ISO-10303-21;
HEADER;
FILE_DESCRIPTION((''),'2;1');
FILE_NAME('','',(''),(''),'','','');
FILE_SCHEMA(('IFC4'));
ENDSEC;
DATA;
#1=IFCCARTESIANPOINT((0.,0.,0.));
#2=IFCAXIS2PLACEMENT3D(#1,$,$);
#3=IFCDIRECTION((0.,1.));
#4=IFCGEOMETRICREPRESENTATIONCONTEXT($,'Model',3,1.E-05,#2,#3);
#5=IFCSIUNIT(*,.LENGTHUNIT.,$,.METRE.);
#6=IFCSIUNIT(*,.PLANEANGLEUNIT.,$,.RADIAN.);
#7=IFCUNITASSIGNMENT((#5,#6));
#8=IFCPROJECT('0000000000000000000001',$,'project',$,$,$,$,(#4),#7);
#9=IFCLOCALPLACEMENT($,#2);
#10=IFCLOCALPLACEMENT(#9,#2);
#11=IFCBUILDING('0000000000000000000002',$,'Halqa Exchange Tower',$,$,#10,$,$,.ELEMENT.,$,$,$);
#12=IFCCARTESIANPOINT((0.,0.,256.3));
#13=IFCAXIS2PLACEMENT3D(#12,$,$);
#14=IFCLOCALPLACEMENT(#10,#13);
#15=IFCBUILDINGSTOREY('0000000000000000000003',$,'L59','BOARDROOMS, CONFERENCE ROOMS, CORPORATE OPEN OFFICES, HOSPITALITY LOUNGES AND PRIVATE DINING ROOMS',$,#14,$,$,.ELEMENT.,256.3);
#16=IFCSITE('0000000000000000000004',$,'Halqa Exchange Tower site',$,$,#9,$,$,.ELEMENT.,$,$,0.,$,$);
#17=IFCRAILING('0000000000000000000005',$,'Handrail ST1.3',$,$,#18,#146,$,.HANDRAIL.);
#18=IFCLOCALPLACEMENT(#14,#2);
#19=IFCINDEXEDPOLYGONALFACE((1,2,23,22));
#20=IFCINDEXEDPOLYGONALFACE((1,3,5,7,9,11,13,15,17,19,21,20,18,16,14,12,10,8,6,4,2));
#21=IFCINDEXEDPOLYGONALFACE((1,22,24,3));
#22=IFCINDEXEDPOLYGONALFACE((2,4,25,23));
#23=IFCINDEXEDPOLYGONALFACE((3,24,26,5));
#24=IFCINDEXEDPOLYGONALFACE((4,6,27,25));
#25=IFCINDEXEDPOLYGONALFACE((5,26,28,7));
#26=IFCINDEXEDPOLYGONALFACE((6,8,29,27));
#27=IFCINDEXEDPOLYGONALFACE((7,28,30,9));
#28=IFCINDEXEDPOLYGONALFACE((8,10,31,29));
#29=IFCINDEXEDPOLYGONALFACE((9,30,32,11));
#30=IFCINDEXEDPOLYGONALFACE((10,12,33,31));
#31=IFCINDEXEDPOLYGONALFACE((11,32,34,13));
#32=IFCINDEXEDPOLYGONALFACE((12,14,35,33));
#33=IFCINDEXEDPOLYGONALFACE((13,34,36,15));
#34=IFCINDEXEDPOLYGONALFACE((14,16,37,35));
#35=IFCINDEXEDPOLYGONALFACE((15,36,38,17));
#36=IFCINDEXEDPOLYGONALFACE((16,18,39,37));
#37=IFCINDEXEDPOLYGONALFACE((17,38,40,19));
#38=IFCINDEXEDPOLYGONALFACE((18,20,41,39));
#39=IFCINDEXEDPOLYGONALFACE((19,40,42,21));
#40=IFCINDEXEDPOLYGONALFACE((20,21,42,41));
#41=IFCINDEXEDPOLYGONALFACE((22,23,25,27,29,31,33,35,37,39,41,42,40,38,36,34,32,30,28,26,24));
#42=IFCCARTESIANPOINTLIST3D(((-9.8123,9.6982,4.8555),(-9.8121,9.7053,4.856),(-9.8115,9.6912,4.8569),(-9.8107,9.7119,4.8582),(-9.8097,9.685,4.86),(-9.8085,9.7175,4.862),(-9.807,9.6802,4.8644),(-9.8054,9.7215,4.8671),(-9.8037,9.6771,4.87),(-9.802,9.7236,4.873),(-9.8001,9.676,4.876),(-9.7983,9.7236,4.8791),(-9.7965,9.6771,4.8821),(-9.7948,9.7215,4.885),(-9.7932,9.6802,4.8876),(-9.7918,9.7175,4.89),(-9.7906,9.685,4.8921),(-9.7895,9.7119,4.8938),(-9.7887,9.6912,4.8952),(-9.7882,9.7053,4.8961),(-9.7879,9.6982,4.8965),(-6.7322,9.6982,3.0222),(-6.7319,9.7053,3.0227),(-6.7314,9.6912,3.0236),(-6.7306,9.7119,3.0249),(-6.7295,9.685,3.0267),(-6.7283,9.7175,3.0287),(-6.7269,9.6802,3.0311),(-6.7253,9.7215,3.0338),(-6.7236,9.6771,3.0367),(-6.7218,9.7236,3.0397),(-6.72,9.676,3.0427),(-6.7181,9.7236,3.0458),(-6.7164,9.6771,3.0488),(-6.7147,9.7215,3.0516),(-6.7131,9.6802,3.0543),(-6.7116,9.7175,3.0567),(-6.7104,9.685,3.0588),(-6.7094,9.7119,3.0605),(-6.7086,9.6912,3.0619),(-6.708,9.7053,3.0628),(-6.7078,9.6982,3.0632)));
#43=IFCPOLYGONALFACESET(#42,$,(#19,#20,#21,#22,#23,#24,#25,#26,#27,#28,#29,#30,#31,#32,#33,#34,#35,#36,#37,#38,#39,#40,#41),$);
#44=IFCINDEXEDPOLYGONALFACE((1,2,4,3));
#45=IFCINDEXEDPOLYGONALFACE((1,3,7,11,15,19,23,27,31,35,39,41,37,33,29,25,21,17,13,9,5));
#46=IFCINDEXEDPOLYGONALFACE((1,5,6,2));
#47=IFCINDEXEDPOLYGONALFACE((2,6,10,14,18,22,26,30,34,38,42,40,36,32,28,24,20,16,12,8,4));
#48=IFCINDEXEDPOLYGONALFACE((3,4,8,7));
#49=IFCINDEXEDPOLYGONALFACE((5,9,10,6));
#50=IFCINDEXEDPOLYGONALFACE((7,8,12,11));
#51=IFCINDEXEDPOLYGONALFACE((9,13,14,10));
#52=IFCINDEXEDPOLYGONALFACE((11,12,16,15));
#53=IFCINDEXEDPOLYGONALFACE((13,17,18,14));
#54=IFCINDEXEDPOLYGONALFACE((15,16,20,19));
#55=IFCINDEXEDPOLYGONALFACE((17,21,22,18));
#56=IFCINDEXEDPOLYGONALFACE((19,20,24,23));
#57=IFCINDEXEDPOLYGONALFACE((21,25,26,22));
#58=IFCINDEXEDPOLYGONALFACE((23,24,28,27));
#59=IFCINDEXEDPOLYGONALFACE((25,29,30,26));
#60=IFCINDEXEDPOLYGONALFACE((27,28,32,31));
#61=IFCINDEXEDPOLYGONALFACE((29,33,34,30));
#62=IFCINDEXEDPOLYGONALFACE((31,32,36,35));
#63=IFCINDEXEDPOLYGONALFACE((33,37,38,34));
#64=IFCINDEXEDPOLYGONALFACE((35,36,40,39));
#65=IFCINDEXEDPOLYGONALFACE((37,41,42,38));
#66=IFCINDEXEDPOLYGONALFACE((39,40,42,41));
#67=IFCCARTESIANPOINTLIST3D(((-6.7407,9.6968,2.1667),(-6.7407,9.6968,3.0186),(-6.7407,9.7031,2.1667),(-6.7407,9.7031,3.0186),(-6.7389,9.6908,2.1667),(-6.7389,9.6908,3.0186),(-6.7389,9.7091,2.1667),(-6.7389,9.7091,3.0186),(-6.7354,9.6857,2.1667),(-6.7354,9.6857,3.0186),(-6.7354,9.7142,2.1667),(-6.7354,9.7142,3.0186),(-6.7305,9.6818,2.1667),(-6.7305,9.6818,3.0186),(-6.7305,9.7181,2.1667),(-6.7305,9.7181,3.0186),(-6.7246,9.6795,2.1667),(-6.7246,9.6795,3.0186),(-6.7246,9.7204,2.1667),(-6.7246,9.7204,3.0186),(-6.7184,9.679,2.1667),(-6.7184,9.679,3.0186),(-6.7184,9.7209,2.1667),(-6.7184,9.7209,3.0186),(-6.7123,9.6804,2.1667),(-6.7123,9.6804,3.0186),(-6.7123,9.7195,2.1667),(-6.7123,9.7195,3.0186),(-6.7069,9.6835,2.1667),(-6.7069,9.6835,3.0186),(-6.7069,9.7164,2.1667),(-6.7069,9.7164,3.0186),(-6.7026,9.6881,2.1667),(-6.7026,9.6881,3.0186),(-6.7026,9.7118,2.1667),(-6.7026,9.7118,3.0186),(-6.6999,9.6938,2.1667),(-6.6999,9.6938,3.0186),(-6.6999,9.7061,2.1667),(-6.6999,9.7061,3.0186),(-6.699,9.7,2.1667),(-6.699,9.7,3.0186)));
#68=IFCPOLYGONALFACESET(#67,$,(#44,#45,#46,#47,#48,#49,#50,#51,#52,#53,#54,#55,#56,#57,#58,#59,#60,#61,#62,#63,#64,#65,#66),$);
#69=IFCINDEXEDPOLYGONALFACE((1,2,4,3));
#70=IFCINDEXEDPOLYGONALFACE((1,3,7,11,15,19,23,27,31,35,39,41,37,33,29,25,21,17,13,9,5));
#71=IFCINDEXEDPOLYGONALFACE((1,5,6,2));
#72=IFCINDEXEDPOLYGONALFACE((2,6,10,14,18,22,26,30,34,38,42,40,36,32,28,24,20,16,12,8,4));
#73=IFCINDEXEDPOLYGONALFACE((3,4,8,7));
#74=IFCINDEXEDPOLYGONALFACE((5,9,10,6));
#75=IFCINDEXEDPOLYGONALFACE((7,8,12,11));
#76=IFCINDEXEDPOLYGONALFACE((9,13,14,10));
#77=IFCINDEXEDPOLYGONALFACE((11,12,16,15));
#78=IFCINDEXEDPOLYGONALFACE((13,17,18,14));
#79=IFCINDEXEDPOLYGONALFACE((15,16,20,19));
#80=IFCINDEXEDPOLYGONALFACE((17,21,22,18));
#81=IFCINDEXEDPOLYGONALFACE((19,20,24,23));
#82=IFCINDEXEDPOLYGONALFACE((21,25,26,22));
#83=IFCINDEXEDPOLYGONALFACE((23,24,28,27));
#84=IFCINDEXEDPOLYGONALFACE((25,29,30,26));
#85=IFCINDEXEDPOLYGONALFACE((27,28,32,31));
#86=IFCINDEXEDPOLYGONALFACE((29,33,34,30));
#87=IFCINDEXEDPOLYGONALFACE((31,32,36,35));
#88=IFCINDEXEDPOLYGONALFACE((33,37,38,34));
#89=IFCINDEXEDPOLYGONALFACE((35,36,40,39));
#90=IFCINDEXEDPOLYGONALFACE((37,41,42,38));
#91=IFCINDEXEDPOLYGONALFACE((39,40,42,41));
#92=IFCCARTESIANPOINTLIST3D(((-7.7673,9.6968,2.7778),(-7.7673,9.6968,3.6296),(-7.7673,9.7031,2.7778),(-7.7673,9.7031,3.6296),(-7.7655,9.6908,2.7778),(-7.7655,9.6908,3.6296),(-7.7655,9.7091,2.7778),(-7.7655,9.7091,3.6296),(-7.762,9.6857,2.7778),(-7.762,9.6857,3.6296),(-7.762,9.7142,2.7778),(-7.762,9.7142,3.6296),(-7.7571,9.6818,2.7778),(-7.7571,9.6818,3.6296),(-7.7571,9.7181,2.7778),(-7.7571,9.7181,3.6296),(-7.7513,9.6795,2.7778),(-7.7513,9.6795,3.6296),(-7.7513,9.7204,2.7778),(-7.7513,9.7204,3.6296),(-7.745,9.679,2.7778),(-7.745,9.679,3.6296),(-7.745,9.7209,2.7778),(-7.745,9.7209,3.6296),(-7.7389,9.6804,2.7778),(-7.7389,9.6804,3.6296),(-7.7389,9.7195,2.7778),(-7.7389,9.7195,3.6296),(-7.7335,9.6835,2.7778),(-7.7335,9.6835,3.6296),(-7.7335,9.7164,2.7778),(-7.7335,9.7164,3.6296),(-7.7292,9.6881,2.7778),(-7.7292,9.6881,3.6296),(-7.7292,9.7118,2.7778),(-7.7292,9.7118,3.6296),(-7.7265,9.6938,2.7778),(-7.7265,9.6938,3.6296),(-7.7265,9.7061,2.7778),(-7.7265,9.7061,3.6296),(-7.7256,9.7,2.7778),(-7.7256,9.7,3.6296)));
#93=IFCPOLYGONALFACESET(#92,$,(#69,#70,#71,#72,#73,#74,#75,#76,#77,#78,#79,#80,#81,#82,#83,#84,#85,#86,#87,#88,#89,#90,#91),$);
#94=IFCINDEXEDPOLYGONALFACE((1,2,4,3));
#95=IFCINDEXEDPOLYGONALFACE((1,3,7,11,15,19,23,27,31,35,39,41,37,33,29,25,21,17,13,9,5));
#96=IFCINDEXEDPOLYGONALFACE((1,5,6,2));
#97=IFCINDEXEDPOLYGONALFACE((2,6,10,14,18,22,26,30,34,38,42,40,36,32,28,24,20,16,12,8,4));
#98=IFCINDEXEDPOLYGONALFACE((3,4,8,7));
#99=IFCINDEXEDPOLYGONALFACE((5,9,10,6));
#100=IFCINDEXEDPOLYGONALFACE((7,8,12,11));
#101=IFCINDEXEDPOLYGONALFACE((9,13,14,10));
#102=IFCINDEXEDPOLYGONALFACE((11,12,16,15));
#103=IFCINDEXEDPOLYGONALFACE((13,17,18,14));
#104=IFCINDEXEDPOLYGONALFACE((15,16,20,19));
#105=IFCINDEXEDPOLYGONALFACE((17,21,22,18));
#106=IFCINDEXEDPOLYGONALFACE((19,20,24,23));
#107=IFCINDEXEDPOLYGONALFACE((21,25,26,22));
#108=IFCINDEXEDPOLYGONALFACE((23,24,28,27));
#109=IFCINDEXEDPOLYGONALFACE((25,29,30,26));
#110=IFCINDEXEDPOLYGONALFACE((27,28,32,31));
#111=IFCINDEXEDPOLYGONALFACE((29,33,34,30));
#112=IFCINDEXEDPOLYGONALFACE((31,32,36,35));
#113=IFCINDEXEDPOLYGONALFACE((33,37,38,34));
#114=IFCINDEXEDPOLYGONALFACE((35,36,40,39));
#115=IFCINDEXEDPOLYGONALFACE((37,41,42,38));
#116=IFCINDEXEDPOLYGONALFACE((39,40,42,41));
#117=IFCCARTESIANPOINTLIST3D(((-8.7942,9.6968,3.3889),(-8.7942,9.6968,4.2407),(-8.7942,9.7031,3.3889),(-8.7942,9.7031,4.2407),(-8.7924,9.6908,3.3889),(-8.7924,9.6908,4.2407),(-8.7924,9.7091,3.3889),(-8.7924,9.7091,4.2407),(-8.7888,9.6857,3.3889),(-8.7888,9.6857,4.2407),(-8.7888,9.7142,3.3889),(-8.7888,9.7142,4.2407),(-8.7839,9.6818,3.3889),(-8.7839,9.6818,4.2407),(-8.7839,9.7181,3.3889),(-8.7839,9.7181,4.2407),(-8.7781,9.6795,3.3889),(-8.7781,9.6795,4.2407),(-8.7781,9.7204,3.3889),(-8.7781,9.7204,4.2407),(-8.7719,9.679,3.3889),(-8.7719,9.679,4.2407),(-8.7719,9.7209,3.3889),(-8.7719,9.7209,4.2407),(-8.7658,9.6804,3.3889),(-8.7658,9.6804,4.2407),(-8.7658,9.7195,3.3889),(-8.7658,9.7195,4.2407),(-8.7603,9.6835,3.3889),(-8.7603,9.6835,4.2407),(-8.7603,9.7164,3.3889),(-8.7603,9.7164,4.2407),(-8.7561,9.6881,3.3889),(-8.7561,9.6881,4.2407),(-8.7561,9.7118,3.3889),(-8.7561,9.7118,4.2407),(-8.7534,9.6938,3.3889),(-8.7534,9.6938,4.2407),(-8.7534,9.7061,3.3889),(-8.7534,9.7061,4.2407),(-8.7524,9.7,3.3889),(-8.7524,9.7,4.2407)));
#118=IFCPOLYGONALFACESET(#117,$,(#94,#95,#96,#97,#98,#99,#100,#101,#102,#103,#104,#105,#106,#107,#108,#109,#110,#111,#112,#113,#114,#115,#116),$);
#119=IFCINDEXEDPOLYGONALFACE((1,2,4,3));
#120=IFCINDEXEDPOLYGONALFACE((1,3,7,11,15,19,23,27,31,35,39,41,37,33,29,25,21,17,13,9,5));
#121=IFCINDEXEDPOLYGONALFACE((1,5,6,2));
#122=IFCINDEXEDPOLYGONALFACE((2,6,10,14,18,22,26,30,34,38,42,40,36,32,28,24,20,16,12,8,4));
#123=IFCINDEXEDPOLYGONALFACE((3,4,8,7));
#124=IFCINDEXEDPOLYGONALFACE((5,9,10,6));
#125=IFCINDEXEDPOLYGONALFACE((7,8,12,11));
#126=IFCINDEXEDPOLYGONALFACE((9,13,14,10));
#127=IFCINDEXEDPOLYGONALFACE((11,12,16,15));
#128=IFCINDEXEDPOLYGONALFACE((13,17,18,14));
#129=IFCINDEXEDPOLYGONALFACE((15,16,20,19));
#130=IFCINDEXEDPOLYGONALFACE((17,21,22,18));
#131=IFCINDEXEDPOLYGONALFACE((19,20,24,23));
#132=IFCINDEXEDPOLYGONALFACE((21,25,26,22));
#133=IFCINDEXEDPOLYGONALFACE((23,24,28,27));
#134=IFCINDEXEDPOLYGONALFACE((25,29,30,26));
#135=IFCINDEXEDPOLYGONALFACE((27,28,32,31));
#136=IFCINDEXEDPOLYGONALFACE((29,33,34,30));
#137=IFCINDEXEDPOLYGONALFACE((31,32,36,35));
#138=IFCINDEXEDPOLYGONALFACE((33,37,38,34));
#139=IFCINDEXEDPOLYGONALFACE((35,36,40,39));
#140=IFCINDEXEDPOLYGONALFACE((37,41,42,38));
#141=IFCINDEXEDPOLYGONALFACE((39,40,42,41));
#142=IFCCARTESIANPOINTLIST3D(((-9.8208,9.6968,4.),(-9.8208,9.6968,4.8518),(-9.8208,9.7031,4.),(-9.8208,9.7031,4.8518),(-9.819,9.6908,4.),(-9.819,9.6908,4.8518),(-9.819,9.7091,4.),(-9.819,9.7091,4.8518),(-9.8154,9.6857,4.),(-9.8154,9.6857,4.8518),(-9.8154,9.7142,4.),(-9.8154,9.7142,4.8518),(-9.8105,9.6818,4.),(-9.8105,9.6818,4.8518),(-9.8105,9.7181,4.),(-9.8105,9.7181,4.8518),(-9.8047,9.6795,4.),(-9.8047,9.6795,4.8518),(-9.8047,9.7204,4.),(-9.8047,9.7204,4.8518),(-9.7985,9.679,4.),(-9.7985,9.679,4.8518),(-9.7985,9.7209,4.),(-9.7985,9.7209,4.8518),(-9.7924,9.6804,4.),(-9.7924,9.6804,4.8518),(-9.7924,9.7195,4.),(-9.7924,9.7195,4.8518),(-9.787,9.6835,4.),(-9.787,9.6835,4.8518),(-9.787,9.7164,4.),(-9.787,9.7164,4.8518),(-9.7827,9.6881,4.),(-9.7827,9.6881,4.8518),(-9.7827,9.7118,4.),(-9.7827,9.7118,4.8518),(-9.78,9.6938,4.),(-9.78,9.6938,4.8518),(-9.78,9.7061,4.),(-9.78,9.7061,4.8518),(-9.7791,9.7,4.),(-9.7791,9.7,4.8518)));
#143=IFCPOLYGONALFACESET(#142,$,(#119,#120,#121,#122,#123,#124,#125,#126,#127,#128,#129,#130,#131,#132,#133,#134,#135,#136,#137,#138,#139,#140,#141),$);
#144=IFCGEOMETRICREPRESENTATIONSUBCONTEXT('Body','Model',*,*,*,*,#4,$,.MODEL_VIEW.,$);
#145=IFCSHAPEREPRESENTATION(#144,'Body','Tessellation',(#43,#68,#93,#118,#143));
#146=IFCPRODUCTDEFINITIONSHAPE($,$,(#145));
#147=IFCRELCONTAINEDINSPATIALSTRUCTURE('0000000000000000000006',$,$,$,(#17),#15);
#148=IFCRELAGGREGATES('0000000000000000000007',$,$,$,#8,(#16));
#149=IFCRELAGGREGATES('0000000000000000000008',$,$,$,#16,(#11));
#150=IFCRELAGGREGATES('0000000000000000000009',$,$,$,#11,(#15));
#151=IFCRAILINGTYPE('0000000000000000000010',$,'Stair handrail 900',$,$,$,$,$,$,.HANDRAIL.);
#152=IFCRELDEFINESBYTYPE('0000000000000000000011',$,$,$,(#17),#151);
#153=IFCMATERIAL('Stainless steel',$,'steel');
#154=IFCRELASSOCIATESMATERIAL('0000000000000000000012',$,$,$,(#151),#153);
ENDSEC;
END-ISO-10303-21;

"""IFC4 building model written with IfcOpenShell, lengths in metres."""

from ifc_helpers import new_model, si_unit, direction, frame, origin, origin_2d, place, context, subcontext, project, spatial, circle, extrude, material, type_object, element, save


model = new_model("IFC4")

# Units and contexts
model_context = context("Model", 3, precision=1e-05, world=origin(), true_north=direction((0.0, 1.0)))
body_context = subcontext(model_context, "Body", "Model", "MODEL_VIEW")
ifc_project = project(units=[si_unit("LENGTHUNIT", "METRE"), si_unit("PLANEANGLEUNIT", "RADIAN")], contexts=[model_context])

# Site, building, storey
site_placement = place(None, origin())
site = spatial("IfcSite", under=ifc_project, at=site_placement, Name="Halqa Exchange Tower site", CompositionType="ELEMENT", RefElevation=0.0)
building_placement = place(site_placement, origin())
building = spatial("IfcBuilding", under=site, at=building_placement, Name="Halqa Exchange Tower", CompositionType="ELEMENT")
storey_placement = place(building_placement, frame((0.0, 0.0, 256.3)))
storey = spatial("IfcBuildingStorey", under=building, at=storey_placement, Name="L59", Description="BOARDROOMS, CONFERENCE ROOMS, CORPORATE OPEN OFFICES, HOSPITALITY LOUNGES AND PRIVATE DINING ROOMS", CompositionType="ELEMENT", Elevation=256.3)

# Railing
ifc_material_1 = material(Name="Stainless steel", Category="steel")
railing_type_1 = type_object("IfcRailingType", Name="Stair handrail 900", PredefinedType="HANDRAIL", material=ifc_material_1)
railing_1_placement = place(storey_placement, frame((-6.72, 9.7, 2.1667)))
element("IfcRailing", 1, at=railing_1_placement, inside=storey, type_object=railing_type_1, Name="Handrail ST1.3", PredefinedType="HANDRAIL", context=body_context, shape_type="SweptSolid", body=[
    extrude(circle(Radius=0.0239, at=origin_2d()), frame((0.0, 0.0, 0.876), z_axis=(-0.859309, 0.0, 0.511458), x_axis=(0.0, -1.0, 0.0)), (0.0, 0.0, 1.0), 3.5845),
    extrude(circle(Radius=0.021, at=origin_2d()), origin(), (0.0, 0.0, 1.0), 0.8518),
    extrude(circle(Radius=0.021, at=origin_2d()), frame((-1.0266, 0.0, 0.6111)), (0.0, 0.0, 1.0), 0.8518),
    extrude(circle(Radius=0.021, at=origin_2d()), frame((-2.0535, 0.0, 1.2222)), (0.0, 0.0, 1.0), 0.8518),
    extrude(circle(Radius=0.021, at=origin_2d()), frame((-3.0801, 0.0, 1.8333)), (0.0, 0.0, 1.0), 0.8518),
])

save(model, "model.ifc")
